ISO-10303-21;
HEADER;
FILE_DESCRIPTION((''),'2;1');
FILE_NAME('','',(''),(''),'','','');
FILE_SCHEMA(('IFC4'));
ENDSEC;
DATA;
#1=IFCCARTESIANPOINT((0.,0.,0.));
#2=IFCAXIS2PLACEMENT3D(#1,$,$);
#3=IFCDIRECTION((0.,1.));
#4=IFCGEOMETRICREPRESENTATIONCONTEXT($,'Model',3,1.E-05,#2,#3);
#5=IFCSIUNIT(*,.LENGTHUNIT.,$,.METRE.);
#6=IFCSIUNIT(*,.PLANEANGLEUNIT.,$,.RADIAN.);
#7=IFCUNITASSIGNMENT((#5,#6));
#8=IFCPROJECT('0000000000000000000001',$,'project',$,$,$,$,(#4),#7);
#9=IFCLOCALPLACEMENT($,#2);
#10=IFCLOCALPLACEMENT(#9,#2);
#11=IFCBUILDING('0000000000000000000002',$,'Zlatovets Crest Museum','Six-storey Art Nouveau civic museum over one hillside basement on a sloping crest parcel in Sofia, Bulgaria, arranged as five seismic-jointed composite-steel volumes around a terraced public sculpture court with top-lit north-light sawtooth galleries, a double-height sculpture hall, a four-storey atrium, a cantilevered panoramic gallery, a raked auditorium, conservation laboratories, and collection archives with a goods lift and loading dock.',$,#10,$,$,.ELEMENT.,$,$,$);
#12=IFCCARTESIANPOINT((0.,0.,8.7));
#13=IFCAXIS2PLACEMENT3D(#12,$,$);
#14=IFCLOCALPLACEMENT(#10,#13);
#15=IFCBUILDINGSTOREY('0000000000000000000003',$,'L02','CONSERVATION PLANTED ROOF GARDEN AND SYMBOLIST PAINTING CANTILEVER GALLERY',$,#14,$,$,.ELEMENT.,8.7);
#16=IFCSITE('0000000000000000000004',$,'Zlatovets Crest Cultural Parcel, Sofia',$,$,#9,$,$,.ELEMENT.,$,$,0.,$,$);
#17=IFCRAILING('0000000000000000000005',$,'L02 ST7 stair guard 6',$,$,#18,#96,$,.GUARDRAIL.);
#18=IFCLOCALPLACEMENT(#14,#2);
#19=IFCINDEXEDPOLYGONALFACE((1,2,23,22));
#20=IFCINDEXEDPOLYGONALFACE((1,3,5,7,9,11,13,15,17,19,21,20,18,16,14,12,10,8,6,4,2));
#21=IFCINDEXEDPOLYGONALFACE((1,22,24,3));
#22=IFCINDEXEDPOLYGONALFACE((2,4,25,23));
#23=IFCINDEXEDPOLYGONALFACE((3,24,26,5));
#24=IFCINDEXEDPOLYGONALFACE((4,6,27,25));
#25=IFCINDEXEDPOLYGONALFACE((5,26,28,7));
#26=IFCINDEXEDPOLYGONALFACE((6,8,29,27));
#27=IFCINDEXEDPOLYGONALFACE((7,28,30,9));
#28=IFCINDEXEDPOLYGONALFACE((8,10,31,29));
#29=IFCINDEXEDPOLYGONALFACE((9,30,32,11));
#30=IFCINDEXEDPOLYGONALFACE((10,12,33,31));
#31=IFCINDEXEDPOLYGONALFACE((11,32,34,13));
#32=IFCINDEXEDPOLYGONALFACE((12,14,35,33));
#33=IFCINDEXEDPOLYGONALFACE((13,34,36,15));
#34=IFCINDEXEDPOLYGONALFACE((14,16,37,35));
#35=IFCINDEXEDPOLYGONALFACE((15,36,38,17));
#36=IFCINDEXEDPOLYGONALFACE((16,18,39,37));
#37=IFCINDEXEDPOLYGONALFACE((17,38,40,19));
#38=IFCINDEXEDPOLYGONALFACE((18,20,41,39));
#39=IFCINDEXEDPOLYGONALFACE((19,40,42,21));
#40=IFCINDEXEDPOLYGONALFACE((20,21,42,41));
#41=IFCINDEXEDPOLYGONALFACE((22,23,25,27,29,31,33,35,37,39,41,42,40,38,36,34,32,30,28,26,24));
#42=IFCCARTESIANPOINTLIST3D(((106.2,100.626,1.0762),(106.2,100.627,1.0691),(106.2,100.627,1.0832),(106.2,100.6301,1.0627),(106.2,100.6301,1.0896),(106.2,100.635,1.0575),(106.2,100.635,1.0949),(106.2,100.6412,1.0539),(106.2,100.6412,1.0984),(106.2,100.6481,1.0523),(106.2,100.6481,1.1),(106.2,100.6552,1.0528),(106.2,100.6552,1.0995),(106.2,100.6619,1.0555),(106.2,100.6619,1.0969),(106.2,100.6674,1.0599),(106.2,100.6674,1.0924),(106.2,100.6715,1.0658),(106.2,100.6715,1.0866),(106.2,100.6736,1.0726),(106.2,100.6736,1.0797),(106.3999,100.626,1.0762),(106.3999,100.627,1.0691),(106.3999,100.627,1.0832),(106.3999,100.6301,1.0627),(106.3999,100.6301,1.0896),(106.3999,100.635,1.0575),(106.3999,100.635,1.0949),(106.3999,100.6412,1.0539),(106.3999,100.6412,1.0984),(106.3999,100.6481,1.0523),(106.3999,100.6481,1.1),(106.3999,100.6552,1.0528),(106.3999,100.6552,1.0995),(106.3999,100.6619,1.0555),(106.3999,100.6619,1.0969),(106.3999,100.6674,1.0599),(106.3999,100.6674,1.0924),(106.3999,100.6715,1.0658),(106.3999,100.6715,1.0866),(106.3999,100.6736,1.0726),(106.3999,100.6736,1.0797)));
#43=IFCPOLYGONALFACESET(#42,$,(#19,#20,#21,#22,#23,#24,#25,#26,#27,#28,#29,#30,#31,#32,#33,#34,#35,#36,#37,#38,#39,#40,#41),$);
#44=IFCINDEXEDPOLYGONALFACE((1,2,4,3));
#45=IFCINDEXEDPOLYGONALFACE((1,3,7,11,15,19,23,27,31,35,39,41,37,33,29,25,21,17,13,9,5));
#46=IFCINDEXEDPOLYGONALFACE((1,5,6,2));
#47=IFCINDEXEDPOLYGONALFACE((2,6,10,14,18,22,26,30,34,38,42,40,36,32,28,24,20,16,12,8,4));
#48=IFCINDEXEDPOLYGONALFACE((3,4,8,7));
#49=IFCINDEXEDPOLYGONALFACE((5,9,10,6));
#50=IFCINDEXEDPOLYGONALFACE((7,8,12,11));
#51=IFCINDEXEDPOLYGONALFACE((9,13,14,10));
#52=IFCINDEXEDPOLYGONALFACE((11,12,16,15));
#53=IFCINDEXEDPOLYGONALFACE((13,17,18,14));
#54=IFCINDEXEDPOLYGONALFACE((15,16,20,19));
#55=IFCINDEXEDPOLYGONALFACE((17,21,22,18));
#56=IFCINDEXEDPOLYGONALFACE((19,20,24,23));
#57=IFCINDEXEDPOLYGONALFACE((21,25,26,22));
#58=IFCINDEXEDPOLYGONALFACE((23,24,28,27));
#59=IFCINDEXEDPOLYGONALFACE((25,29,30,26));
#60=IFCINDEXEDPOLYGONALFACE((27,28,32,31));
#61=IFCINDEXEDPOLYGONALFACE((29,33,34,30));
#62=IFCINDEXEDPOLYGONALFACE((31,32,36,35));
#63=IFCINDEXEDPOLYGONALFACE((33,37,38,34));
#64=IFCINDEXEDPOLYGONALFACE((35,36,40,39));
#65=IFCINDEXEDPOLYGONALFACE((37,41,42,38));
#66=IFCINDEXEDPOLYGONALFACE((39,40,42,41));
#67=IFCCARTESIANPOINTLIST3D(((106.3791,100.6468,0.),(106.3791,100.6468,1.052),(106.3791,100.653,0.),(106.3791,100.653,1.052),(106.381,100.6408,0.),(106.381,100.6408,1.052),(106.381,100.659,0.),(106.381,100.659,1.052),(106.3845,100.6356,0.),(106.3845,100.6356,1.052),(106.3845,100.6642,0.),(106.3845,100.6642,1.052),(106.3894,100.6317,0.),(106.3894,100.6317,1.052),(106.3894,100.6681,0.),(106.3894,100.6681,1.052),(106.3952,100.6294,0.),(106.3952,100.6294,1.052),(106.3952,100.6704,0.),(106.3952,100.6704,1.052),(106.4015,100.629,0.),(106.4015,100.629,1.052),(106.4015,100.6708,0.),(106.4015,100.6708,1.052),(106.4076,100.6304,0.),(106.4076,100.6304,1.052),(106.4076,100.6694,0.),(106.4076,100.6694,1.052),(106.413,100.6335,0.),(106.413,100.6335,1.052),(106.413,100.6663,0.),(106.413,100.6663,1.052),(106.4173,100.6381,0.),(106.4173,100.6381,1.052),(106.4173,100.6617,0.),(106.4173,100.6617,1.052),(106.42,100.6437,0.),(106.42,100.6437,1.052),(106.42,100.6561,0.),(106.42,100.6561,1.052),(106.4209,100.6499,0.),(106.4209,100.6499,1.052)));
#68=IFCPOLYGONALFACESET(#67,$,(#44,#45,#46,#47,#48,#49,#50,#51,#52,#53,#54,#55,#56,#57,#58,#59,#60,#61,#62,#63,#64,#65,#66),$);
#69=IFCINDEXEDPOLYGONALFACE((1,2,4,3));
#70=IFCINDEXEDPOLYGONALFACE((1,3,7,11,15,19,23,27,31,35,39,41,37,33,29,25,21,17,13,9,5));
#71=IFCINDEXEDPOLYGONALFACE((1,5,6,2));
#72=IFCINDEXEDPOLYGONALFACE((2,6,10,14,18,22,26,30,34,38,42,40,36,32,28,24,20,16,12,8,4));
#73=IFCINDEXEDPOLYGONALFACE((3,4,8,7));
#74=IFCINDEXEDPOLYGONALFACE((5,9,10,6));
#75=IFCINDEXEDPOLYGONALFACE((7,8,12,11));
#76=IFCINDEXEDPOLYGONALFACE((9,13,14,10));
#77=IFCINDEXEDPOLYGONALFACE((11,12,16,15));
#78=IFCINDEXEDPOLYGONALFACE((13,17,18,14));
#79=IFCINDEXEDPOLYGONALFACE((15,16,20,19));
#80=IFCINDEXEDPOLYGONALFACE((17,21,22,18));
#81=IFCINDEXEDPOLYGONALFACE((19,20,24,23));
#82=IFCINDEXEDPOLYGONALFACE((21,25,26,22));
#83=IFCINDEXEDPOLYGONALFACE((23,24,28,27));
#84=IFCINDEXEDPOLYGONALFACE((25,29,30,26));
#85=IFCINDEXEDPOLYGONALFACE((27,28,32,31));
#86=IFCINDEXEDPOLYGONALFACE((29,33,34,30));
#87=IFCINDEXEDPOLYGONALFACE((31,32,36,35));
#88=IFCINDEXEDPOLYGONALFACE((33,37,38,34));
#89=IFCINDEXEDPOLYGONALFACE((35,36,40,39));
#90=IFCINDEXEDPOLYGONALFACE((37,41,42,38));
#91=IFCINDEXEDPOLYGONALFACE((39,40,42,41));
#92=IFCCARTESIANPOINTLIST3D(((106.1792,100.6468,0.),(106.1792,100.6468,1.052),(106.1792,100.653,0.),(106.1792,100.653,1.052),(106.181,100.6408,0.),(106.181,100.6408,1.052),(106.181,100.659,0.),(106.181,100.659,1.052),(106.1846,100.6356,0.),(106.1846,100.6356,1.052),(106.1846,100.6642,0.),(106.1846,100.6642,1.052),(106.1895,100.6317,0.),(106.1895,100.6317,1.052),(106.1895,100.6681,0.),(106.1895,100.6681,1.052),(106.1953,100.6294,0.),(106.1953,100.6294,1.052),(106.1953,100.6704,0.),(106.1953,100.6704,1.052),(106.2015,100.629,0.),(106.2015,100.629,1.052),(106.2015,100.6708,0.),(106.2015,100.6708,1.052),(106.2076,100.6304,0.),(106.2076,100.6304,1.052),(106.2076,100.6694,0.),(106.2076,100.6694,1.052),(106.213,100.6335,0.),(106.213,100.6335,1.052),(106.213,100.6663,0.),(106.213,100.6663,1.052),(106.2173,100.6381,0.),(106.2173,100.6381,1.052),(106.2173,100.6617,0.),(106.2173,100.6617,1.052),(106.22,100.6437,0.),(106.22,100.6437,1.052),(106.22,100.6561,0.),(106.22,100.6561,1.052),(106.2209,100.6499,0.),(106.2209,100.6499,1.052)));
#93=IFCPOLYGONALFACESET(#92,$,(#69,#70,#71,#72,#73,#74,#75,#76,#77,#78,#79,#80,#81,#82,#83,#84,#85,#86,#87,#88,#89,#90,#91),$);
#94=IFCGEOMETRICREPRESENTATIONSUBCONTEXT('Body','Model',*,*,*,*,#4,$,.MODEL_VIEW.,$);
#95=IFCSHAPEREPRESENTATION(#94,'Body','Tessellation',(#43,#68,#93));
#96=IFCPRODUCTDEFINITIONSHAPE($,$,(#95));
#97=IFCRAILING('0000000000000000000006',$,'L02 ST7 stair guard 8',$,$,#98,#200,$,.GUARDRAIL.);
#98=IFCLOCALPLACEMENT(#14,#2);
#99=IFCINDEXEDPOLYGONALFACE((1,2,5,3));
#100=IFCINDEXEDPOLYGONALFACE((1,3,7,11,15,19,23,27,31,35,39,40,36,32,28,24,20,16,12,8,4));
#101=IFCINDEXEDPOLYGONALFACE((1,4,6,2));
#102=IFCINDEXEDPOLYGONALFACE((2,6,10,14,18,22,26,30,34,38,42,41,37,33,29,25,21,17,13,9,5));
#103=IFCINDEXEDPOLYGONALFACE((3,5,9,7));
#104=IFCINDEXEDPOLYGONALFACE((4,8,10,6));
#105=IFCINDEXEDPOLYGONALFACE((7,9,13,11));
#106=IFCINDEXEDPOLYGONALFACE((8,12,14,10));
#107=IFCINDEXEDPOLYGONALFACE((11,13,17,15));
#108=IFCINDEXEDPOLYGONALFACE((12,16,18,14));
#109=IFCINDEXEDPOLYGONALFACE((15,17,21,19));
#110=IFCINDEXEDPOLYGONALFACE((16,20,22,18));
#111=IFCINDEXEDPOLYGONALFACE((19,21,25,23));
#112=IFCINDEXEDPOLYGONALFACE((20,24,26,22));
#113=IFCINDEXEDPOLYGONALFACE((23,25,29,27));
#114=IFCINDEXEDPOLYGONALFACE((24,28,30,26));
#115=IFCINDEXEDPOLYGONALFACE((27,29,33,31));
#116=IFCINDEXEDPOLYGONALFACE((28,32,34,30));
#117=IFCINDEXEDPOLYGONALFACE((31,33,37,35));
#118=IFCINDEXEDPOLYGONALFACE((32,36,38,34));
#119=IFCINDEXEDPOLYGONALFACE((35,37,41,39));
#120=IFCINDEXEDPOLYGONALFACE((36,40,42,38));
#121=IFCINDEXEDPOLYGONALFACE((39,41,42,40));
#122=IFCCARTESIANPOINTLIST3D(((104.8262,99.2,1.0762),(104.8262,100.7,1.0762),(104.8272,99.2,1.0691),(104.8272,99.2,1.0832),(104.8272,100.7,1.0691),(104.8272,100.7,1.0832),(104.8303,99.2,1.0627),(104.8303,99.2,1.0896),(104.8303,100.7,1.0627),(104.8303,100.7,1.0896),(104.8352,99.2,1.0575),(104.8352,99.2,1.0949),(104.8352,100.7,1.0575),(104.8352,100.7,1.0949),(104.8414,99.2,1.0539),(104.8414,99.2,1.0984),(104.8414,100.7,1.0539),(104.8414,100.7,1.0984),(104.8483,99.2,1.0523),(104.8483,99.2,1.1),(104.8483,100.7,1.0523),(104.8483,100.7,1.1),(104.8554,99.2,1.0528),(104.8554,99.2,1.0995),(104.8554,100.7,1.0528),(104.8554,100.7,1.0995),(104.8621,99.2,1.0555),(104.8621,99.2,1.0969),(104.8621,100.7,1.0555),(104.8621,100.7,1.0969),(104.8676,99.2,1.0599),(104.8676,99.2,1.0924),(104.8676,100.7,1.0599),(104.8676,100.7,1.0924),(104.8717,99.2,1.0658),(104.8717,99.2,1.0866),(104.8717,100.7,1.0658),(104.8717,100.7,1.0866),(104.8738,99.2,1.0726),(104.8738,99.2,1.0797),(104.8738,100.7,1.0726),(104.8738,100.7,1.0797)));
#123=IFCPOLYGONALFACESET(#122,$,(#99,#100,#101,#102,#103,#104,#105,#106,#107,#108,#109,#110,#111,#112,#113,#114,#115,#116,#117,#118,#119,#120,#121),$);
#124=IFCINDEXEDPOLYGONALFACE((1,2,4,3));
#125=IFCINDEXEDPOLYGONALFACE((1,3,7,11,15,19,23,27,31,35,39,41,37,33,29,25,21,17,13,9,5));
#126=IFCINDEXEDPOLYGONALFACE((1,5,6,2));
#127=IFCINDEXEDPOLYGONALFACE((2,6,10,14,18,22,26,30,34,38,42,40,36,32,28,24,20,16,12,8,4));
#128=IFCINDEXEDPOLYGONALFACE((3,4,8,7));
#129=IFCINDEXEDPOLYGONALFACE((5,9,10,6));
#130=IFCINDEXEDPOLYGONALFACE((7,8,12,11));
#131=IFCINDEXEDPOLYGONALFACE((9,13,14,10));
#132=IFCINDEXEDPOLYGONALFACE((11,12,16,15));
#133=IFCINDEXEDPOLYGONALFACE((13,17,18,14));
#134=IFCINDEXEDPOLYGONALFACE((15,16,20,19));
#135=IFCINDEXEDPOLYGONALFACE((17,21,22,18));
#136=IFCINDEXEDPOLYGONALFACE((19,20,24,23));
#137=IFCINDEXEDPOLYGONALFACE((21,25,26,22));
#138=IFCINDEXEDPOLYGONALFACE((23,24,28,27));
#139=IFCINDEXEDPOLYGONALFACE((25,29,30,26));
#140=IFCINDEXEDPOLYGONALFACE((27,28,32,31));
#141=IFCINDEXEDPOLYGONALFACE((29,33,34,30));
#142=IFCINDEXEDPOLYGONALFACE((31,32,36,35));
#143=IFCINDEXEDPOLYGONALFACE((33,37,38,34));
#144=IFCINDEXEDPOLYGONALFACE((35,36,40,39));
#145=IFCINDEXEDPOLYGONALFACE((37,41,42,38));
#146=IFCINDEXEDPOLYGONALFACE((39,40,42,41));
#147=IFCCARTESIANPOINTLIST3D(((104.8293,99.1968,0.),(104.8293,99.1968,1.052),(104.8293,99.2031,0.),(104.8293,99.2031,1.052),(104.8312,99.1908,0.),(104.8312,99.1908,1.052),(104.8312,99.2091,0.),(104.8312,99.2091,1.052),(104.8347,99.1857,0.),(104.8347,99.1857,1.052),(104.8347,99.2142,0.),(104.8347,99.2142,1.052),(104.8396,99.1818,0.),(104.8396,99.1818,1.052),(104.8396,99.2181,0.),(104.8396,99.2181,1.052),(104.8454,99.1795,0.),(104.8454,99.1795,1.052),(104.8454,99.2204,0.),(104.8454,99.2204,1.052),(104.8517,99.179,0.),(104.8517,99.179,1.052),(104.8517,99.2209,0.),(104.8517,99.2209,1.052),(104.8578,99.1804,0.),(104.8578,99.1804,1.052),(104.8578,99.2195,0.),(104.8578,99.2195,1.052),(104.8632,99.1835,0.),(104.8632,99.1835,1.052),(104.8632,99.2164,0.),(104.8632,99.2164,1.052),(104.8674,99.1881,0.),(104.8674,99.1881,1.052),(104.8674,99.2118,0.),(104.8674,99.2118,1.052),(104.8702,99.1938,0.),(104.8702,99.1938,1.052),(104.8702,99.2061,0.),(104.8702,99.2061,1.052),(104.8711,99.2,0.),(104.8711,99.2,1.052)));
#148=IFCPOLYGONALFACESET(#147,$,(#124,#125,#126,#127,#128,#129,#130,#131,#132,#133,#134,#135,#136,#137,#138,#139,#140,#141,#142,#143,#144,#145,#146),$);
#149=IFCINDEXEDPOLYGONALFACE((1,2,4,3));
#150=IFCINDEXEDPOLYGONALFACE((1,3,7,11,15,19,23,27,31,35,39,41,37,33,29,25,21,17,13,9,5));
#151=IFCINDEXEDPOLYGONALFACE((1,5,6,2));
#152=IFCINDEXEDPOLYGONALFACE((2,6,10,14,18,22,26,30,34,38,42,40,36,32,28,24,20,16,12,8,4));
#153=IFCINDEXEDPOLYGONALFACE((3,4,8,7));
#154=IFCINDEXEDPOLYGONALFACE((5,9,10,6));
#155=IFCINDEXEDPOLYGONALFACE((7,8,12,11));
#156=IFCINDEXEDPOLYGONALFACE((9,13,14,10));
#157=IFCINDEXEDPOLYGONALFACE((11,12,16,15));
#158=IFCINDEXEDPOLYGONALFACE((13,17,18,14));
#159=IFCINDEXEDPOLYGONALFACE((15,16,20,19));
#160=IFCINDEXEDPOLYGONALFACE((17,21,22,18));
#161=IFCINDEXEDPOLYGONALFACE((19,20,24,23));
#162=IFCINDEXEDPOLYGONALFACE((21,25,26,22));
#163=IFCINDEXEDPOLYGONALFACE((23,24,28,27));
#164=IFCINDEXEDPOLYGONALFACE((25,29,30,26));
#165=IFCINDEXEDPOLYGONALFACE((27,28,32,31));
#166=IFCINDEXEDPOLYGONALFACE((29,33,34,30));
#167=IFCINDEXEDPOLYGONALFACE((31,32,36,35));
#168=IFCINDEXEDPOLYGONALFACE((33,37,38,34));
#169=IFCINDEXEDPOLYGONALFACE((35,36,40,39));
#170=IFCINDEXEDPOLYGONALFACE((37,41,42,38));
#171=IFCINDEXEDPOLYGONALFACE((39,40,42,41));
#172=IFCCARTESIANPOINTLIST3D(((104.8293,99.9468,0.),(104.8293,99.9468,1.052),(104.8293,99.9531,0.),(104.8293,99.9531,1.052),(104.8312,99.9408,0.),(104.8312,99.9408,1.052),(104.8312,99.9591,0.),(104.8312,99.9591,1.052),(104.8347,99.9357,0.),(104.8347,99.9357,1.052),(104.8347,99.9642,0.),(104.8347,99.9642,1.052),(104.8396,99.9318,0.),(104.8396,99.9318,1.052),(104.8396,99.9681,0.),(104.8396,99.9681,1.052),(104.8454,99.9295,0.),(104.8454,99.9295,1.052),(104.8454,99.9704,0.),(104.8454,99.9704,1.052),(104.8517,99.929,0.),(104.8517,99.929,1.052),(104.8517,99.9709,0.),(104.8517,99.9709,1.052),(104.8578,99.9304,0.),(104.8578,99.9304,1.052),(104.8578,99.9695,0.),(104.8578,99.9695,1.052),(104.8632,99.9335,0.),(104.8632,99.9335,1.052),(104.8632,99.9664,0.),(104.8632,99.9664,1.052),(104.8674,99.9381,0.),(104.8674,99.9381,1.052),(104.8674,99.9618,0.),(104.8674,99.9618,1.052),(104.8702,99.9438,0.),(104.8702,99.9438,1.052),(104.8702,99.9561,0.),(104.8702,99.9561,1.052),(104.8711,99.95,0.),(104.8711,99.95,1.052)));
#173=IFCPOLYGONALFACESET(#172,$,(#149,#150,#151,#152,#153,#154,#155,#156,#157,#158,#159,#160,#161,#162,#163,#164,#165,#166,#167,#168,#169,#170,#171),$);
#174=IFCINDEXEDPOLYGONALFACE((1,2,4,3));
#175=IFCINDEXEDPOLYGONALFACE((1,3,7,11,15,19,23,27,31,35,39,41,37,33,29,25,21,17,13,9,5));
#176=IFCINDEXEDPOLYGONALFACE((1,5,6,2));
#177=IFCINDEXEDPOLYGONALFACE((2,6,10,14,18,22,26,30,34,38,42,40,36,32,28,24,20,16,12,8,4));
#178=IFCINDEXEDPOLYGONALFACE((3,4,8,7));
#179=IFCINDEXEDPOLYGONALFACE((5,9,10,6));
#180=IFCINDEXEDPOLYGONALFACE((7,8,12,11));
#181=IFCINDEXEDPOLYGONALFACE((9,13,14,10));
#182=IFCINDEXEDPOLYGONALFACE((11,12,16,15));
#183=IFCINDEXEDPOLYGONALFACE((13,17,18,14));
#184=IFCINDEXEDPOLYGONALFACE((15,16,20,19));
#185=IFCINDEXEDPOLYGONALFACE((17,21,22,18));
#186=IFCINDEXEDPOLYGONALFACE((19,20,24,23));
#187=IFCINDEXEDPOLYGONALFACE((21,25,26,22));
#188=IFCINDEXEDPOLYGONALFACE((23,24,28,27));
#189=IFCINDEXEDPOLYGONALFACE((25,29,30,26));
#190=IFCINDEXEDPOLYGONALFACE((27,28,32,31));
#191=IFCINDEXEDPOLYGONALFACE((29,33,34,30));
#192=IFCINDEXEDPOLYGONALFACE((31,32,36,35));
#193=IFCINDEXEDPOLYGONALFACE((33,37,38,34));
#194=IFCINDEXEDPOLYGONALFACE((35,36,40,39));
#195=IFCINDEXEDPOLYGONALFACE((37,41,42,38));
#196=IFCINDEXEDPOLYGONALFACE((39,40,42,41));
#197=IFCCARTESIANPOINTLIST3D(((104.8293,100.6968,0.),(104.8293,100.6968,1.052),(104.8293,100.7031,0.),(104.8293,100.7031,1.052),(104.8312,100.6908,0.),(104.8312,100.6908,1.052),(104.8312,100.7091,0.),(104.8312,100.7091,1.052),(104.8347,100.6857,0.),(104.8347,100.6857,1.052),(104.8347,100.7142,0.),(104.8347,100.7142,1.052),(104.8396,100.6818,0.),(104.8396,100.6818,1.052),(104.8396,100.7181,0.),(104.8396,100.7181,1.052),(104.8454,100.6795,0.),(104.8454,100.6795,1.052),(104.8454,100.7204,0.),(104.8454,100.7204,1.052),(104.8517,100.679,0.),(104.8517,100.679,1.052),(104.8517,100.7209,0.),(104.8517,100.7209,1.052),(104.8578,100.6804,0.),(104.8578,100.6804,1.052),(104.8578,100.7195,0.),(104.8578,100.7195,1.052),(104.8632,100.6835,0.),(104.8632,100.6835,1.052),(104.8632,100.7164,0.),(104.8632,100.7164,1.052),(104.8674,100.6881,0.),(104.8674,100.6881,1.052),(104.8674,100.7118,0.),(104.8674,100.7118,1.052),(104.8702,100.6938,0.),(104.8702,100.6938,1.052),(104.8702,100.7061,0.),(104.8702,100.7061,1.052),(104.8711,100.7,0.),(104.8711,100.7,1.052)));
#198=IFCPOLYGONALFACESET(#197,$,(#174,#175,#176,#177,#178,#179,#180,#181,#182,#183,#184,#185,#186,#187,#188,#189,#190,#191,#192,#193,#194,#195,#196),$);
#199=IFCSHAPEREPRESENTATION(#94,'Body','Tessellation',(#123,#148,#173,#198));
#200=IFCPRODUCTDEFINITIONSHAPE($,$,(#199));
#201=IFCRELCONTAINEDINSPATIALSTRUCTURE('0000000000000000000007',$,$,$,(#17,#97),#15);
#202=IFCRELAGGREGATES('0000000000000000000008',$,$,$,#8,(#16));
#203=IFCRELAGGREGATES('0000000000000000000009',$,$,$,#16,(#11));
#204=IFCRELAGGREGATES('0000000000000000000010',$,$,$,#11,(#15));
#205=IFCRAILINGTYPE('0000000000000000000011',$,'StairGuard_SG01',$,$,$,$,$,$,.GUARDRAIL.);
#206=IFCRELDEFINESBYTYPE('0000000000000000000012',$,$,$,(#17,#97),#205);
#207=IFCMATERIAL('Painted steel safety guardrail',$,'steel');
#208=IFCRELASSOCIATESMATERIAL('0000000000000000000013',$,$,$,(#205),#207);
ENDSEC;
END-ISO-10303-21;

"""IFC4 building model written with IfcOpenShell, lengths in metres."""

from ifc_helpers import new_model, si_unit, direction, frame, origin, origin_2d, place, context, subcontext, project, spatial, circle, extrude, material, type_object, element, save


model = new_model("IFC4")

# Units and contexts
model_context = context("Model", 3, precision=1e-05, world=origin(), true_north=direction((0.0, 1.0)))
body_context = subcontext(model_context, "Body", "Model", "MODEL_VIEW")
ifc_project = project(units=[si_unit("LENGTHUNIT", "METRE"), si_unit("PLANEANGLEUNIT", "RADIAN")], contexts=[model_context])

# Site, building, storey
site_placement = place(None, origin())
site = spatial("IfcSite", under=ifc_project, at=site_placement, Name="Zlatovets Crest Cultural Parcel, Sofia", CompositionType="ELEMENT", RefElevation=0.0)
building_placement = place(site_placement, origin())
building = spatial("IfcBuilding", under=site, at=building_placement, Name="Zlatovets Crest Museum", Description="Six-storey Art Nouveau civic museum over one hillside basement on a sloping crest parcel in Sofia, Bulgaria, arranged as five seismic-jointed composite-steel volumes around a terraced public sculpture court with top-lit north-light sawtooth galleries, a double-height sculpture hall, a four-storey atrium, a cantilevered panoramic gallery, a raked auditorium, conservation laboratories, and collection archives with a goods lift and loading dock.", CompositionType="ELEMENT")
storey_placement = place(building_placement, frame((0.0, 0.0, 8.7)))
storey = spatial("IfcBuildingStorey", under=building, at=storey_placement, Name="L02", Description="CONSERVATION PLANTED ROOF GARDEN AND SYMBOLIST PAINTING CANTILEVER GALLERY", CompositionType="ELEMENT", Elevation=8.7)

# Railings
ifc_material_1 = material(Name="Painted steel safety guardrail", Category="steel")
railing_type_1 = type_object("IfcRailingType", Name="StairGuard_SG01", PredefinedType="GUARDRAIL", material=ifc_material_1)
railing_1_placement = place(storey_placement, frame((106.3999, 100.6499, 0.0)))
element("IfcRailing", 1, at=railing_1_placement, inside=storey, type_object=railing_type_1, Name="L02 ST7 stair guard 6", PredefinedType="GUARDRAIL", context=body_context, shape_type="SweptSolid", body=[
    extrude(circle(Radius=0.0239, at=origin_2d()), frame((0.0, 0.0, 1.0762), z_axis=(-1.0, 0.0, 0.0), x_axis=(0.0, -1.0, 0.0)), (0.0, 0.0, 1.0), 0.2),
    extrude(circle(Radius=0.021, at=origin_2d()), origin(), (0.0, 0.0, 1.0), 1.052),
    extrude(circle(Radius=0.021, at=origin_2d()), frame((-0.2, 0.0, 0.0)), (0.0, 0.0, 1.0), 1.052),
])
railing_2_placement = place(storey_placement, frame((104.8501, 99.2, 0.0)))
element("IfcRailing", 2, at=railing_2_placement, inside=storey, type_object=railing_type_1, Name="L02 ST7 stair guard 8", PredefinedType="GUARDRAIL", context=body_context, shape_type="SweptSolid", body=[
    extrude(circle(Radius=0.0239, at=origin_2d()), frame((0.0, 0.0, 1.0762), z_axis=(0.0, 1.0, 0.0), x_axis=(-1.0, 0.0, 0.0)), (0.0, 0.0, 1.0), 1.5),
    extrude(circle(Radius=0.021, at=origin_2d()), origin(), (0.0, 0.0, 1.0), 1.052),
    extrude(circle(Radius=0.021, at=origin_2d()), frame((0.0, 0.75, 0.0)), (0.0, 0.0, 1.0), 1.052),
    extrude(circle(Radius=0.021, at=origin_2d()), frame((0.0, 1.5, 0.0)), (0.0, 0.0, 1.0), 1.052),
])

save(model, "model.ifc")
